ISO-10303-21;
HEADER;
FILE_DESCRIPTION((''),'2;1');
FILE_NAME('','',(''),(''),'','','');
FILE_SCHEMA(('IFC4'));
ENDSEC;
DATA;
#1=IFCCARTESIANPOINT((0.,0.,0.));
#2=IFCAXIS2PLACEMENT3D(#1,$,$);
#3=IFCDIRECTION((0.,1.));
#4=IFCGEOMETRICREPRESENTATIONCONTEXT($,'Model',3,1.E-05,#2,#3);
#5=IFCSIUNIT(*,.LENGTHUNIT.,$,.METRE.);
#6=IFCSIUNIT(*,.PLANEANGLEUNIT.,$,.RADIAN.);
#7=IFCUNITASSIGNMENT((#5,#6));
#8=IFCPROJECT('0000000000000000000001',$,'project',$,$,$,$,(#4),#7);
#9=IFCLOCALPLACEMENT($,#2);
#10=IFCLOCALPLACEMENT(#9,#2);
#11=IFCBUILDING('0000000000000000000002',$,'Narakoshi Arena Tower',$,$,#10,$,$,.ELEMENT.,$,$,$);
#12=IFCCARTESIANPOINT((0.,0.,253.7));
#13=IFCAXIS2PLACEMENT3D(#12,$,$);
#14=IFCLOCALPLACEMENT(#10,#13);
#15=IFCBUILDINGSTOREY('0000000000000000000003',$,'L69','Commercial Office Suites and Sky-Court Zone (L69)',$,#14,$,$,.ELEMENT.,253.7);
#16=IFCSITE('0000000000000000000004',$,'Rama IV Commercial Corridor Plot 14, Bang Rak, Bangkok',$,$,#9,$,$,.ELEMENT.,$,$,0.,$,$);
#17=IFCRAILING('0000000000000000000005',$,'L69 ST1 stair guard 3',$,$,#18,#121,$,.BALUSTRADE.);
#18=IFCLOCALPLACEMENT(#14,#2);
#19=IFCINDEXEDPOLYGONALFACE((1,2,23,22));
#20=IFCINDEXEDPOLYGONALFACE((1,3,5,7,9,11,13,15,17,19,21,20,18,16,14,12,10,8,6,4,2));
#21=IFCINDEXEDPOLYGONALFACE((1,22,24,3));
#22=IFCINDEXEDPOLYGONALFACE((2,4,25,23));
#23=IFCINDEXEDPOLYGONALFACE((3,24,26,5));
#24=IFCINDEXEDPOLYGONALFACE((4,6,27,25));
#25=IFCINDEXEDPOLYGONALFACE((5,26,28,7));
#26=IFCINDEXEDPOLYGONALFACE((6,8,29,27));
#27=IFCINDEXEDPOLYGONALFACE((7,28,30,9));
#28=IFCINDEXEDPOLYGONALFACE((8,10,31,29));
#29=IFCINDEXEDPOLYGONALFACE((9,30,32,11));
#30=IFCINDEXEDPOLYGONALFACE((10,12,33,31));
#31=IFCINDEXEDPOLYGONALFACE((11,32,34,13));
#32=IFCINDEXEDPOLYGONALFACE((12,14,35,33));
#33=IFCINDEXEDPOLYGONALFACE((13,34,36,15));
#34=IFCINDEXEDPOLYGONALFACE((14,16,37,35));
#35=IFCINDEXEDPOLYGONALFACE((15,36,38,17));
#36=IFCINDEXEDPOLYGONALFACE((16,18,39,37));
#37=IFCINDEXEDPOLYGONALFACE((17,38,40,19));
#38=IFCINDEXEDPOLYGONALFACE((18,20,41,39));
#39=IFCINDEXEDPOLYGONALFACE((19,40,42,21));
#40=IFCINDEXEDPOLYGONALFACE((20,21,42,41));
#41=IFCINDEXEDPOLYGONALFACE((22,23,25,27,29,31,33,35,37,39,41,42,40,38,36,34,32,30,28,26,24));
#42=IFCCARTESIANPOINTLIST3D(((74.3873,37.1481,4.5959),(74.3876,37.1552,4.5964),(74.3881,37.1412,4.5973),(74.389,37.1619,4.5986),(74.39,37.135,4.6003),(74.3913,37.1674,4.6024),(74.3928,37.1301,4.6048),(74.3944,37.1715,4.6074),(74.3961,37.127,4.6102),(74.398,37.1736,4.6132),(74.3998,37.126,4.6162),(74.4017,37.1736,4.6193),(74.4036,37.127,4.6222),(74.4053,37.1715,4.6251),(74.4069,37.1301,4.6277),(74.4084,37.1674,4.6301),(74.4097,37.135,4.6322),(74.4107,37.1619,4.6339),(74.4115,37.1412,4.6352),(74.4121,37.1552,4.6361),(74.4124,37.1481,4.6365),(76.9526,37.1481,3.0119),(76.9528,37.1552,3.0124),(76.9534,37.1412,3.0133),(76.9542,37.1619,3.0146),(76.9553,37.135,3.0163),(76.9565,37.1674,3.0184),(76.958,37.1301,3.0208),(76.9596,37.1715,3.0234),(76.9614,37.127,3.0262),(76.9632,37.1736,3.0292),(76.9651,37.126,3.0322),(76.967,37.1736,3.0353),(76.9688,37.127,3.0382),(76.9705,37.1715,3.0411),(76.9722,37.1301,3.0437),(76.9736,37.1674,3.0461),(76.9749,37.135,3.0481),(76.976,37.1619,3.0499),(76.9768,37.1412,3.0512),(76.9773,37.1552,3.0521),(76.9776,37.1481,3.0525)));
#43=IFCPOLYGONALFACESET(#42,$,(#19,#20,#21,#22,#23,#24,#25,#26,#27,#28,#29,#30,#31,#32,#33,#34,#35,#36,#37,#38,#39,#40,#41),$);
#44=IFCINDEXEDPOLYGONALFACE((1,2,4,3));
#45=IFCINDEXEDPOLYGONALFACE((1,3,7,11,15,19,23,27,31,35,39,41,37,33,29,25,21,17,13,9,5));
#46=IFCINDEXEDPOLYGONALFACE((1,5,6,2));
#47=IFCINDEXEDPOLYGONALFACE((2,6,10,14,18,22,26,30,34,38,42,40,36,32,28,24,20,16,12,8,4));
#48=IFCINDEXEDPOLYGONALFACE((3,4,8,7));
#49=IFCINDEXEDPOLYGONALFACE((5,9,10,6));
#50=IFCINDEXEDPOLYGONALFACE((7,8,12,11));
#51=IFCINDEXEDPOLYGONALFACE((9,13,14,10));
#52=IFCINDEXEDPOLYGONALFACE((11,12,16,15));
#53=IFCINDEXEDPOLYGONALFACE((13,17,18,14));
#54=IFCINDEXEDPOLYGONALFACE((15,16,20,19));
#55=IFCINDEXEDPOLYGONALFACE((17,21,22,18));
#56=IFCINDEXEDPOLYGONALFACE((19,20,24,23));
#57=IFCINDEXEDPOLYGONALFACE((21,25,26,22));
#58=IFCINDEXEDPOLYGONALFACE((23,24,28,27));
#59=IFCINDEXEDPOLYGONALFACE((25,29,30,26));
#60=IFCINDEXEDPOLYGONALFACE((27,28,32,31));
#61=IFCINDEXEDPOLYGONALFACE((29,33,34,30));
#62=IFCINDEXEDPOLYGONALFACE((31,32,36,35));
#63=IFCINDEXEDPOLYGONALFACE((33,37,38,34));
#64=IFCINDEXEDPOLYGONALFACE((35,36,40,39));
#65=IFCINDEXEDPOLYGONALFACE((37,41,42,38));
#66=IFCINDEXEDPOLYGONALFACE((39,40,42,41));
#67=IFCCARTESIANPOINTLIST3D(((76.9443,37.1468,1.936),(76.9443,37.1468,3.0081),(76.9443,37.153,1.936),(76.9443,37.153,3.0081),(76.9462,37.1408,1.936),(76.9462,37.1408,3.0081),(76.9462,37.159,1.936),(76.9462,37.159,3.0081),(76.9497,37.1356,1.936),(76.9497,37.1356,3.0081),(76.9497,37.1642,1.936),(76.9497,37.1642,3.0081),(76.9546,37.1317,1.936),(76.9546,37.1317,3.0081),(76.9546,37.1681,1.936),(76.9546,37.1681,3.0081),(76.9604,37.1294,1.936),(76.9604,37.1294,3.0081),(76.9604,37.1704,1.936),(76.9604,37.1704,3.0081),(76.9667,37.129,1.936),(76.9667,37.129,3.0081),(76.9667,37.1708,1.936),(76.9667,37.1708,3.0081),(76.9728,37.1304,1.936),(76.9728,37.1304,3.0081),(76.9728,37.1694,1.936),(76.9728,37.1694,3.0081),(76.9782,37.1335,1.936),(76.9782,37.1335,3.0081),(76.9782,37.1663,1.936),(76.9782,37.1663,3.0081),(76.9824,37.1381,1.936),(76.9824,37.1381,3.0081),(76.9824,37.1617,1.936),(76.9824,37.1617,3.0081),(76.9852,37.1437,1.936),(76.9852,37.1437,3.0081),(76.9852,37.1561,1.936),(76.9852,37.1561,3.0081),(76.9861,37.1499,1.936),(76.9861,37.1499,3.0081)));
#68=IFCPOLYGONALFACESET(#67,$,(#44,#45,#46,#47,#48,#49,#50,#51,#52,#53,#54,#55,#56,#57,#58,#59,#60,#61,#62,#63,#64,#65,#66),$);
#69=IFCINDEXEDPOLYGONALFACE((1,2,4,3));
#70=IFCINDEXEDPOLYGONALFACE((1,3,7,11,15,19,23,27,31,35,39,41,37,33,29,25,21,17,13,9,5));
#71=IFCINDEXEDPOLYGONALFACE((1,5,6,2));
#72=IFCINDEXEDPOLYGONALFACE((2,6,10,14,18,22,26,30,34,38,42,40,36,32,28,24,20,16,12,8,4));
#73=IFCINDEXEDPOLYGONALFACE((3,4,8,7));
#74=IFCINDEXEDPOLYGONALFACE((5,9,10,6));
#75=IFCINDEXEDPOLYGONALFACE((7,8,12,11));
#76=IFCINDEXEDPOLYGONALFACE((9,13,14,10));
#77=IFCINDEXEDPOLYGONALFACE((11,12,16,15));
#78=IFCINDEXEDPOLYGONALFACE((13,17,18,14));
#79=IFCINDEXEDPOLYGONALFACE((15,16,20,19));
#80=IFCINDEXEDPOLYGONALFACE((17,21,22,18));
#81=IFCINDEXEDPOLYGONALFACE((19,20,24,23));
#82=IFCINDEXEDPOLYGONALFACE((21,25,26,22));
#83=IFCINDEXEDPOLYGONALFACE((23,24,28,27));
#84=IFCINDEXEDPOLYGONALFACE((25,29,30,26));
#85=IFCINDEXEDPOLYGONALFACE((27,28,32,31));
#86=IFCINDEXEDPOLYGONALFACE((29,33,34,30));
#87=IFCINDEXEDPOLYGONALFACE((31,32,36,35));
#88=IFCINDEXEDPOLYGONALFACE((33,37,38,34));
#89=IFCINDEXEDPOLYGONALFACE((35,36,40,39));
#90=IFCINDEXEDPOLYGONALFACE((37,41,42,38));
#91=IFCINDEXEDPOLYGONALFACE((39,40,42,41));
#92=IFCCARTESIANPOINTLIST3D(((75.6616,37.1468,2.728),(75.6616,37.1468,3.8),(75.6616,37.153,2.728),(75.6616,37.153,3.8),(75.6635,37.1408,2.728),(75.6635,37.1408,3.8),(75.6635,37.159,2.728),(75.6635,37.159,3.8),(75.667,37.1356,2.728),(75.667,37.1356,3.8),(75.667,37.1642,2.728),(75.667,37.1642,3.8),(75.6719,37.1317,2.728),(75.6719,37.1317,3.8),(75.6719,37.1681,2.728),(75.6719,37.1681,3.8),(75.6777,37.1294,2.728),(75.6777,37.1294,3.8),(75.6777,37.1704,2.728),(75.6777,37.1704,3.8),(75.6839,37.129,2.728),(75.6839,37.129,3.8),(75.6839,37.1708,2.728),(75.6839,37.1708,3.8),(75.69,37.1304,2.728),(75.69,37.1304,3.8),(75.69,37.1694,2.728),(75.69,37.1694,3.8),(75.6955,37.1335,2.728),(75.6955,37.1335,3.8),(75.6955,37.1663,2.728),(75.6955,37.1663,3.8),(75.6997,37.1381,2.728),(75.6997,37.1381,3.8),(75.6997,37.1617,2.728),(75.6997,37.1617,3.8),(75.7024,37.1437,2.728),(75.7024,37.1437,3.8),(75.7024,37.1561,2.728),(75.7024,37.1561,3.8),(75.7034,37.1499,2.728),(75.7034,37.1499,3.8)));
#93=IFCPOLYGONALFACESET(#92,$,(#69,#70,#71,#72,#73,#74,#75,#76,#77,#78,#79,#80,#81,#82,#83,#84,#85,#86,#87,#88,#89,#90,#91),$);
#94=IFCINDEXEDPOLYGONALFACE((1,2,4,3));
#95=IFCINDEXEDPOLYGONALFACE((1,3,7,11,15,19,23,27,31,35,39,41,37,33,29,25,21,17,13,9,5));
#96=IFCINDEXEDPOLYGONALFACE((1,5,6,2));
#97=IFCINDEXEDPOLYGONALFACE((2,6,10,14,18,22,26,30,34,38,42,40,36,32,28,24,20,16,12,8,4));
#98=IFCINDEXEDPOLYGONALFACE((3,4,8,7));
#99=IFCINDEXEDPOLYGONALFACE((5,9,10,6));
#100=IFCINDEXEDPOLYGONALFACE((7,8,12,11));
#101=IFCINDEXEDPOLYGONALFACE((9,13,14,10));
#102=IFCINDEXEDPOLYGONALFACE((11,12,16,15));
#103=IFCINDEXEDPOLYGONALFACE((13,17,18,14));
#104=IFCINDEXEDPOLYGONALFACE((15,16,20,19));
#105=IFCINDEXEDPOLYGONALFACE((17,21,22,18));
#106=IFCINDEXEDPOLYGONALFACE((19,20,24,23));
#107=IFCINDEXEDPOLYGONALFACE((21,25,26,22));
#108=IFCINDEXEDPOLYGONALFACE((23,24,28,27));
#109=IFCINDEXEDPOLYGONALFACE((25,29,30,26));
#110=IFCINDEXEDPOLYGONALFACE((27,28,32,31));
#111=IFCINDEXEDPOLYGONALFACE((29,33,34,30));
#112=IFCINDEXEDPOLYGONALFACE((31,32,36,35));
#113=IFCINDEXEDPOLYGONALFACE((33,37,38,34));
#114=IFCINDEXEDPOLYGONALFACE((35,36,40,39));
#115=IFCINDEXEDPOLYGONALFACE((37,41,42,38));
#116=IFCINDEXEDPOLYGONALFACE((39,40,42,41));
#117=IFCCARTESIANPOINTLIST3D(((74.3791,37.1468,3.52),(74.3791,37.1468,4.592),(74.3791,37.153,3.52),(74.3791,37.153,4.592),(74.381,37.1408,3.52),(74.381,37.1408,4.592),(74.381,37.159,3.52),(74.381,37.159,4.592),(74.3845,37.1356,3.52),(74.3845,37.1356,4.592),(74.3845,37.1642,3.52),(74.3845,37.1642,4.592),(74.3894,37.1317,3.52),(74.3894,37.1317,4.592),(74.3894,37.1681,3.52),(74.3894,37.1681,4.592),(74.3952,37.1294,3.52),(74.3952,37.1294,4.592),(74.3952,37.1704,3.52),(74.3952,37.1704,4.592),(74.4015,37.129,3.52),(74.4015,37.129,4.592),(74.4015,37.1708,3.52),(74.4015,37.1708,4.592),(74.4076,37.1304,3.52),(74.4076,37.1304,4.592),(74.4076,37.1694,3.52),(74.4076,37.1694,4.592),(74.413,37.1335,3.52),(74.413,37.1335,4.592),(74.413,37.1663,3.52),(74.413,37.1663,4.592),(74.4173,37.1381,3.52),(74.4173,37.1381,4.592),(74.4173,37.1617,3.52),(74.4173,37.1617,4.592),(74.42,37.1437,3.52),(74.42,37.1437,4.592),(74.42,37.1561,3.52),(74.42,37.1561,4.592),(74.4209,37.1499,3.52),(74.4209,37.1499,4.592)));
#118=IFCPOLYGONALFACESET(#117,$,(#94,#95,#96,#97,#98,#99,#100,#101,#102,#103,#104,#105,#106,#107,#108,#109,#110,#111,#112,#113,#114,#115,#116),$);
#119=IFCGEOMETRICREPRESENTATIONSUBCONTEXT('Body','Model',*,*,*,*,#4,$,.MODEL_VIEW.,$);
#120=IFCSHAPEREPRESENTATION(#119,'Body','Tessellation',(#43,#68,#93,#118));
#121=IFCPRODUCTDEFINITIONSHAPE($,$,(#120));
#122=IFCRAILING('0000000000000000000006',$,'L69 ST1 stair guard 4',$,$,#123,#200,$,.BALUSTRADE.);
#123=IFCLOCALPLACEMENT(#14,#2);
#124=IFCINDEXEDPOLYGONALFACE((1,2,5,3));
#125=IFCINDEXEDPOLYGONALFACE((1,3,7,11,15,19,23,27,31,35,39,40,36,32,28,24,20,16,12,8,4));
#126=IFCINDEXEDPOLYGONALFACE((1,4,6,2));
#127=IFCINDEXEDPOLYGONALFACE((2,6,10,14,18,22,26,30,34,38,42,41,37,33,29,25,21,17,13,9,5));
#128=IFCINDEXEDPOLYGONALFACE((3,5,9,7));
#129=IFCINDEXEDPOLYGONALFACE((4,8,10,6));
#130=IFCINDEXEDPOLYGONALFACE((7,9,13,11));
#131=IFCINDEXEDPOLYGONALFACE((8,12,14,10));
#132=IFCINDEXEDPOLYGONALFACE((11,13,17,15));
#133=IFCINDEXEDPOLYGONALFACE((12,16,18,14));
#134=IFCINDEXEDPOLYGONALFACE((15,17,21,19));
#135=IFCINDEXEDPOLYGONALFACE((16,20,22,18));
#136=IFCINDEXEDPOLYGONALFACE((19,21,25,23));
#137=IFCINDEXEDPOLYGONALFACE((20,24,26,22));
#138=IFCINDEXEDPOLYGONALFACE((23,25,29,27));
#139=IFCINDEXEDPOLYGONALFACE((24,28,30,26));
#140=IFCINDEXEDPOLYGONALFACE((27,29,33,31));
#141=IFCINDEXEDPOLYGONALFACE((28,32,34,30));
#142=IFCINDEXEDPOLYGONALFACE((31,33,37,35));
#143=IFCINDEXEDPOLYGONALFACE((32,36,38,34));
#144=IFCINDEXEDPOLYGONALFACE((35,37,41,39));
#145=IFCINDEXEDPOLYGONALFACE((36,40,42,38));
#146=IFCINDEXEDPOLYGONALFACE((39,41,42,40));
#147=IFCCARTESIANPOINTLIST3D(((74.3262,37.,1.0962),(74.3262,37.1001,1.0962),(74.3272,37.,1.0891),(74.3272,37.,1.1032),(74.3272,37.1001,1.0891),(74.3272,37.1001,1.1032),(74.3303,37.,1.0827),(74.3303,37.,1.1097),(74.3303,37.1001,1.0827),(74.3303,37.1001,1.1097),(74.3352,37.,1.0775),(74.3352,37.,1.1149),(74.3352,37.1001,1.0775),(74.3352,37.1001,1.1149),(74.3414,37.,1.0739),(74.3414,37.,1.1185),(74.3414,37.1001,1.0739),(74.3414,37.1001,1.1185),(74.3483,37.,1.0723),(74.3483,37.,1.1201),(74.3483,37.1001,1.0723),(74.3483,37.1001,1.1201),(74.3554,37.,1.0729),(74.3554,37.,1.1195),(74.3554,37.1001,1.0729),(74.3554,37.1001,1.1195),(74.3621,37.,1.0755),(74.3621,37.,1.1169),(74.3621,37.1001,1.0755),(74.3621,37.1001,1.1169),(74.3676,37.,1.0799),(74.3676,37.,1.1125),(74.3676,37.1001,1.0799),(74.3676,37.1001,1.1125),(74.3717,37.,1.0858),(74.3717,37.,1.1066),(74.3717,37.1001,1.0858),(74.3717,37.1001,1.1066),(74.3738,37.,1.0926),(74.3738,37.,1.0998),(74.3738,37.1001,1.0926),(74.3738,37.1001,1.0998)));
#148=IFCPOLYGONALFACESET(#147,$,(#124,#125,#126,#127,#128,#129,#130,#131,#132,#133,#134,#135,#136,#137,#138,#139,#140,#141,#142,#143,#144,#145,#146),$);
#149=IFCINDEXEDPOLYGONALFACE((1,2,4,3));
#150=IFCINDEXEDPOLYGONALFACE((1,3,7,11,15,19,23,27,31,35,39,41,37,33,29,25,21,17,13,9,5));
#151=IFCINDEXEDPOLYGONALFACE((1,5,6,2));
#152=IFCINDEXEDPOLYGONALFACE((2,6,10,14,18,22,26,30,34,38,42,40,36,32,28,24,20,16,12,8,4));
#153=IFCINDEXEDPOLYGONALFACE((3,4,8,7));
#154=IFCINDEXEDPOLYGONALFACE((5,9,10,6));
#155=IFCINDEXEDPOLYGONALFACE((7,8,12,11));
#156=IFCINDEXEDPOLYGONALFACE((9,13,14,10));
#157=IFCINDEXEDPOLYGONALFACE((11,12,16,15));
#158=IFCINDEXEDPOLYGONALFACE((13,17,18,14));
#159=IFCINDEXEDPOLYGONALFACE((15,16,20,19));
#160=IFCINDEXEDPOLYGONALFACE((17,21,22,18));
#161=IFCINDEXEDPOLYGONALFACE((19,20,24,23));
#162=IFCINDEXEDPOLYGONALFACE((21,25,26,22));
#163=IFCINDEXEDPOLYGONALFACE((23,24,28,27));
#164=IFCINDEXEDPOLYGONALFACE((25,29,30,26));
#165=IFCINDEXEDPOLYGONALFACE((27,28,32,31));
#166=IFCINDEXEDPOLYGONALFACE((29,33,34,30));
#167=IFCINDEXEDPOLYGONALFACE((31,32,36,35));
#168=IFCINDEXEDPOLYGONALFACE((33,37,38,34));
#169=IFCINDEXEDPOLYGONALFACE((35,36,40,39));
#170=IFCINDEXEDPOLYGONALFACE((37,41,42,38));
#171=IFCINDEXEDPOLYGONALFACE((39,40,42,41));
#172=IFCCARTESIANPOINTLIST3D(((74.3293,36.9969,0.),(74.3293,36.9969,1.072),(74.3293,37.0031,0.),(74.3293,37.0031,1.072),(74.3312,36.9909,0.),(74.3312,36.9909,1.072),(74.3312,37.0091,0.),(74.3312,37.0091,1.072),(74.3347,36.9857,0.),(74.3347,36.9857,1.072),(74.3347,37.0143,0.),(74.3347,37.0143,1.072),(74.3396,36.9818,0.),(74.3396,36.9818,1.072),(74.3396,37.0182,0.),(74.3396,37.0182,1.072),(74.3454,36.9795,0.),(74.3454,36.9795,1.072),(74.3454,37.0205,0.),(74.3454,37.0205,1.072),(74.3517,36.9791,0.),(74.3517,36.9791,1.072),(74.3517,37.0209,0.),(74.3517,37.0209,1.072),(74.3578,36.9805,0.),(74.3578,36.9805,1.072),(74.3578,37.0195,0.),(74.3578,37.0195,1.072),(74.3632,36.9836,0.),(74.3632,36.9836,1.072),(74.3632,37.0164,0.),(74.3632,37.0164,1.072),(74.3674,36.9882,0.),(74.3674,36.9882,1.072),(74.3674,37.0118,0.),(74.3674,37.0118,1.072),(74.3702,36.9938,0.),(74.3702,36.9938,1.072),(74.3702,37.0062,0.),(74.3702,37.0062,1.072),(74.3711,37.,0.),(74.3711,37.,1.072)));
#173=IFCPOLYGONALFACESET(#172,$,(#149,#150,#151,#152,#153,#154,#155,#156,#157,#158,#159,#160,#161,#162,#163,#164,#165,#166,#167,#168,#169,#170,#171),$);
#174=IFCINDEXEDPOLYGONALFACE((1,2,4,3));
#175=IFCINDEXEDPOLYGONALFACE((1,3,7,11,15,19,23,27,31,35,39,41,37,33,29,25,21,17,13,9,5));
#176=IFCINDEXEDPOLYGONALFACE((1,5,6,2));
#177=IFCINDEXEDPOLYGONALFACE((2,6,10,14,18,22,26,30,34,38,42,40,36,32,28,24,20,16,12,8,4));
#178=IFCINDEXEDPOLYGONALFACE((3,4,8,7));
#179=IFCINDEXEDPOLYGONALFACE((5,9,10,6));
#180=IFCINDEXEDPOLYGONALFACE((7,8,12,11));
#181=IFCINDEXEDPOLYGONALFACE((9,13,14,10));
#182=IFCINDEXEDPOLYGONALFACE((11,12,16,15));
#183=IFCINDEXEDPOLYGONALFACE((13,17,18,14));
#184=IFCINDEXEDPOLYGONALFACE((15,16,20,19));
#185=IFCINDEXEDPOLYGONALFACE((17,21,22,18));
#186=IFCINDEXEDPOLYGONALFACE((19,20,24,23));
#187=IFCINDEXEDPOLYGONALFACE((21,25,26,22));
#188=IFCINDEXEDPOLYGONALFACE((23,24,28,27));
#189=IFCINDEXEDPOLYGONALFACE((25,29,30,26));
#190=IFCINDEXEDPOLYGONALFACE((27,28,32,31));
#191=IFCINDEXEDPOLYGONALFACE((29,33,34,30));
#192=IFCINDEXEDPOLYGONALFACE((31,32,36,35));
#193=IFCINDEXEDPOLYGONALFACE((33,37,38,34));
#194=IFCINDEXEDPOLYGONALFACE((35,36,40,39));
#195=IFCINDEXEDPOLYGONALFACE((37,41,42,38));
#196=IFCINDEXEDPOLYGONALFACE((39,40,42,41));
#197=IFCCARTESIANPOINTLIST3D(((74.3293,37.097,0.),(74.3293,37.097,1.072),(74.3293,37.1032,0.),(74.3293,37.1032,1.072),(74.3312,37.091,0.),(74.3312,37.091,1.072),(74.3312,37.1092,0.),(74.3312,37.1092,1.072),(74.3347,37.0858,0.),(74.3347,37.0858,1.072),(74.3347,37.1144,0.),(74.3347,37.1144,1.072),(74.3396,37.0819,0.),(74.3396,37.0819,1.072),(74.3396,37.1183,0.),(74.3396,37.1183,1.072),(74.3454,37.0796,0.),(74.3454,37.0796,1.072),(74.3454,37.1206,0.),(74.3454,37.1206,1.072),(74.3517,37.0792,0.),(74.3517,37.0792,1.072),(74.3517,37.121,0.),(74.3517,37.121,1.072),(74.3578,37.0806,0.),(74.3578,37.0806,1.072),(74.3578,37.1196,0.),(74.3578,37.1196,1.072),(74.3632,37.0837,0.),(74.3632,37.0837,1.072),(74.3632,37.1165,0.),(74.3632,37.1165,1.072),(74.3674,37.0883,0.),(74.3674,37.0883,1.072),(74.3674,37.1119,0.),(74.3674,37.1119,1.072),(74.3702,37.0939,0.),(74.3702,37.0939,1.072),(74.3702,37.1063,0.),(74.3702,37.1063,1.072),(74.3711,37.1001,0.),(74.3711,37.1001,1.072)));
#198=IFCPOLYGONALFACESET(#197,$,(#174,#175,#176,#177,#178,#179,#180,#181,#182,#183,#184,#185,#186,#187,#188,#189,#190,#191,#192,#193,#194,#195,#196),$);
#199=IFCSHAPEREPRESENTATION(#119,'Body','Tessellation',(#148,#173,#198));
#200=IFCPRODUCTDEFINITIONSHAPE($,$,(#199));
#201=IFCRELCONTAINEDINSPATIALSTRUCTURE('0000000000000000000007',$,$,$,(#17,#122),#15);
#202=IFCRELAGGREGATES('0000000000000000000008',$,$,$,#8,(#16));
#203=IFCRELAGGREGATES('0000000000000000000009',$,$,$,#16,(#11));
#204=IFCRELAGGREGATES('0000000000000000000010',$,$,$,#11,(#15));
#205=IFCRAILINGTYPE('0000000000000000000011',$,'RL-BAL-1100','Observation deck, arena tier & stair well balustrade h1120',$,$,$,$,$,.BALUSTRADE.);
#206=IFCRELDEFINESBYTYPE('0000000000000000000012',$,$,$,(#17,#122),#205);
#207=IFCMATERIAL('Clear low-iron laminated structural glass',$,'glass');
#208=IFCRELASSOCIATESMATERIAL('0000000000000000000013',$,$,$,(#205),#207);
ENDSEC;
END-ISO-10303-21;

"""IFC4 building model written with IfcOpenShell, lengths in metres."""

from ifc_helpers import new_model, si_unit, direction, frame, origin, origin_2d, place, context, subcontext, project, spatial, circle, extrude, material, type_object, element, save


model = new_model("IFC4")

# Units and contexts
model_context = context("Model", 3, precision=1e-05, world=origin(), true_north=direction((0.0, 1.0)))
body_context = subcontext(model_context, "Body", "Model", "MODEL_VIEW")
ifc_project = project(units=[si_unit("LENGTHUNIT", "METRE"), si_unit("PLANEANGLEUNIT", "RADIAN")], contexts=[model_context])

# Site, building, storey
site_placement = place(None, origin())
site = spatial("IfcSite", under=ifc_project, at=site_placement, Name="Rama IV Commercial Corridor Plot 14, Bang Rak, Bangkok", CompositionType="ELEMENT", RefElevation=0.0)
building_placement = place(site_placement, origin())
building = spatial("IfcBuilding", under=site, at=building_placement, Name="Narakoshi Arena Tower", CompositionType="ELEMENT")
storey_placement = place(building_placement, frame((0.0, 0.0, 253.7)))
storey = spatial("IfcBuildingStorey", under=building, at=storey_placement, Name="L69", Description="Commercial Office Suites and Sky-Court Zone (L69)", CompositionType="ELEMENT", Elevation=253.7)

# Railings
ifc_material_1 = material(Name="Clear low-iron laminated structural glass", Category="glass")
railing_type_1 = type_object("IfcRailingType", Name="RL-BAL-1100", Description="Observation deck, arena tier & stair well balustrade h1120", PredefinedType="BALUSTRADE", material=ifc_material_1)
railing_1_placement = place(storey_placement, frame((76.9651, 37.1499, 1.936)))
element("IfcRailing", 1, at=railing_1_placement, inside=storey, type_object=railing_type_1, Name="L69 ST1 stair guard 3", PredefinedType="BALUSTRADE", context=body_context, shape_type="SweptSolid", body=[
    extrude(circle(Radius=0.0239, at=origin_2d()), frame((0.0, 0.0, 1.0962), z_axis=(-0.850857, 0.0, 0.525398), x_axis=(0.0, -1.0, 0.0)), (0.0, 0.0, 1.0), 3.0149),
    extrude(circle(Radius=0.021, at=origin_2d()), origin(), (0.0, 0.0, 1.0), 1.072),
    extrude(circle(Radius=0.021, at=origin_2d()), frame((-1.2827, 0.0, 0.792)), (0.0, 0.0, 1.0), 1.072),
    extrude(circle(Radius=0.021, at=origin_2d()), frame((-2.5652, 0.0, 1.584)), (0.0, 0.0, 1.0), 1.072),
])
railing_2_placement = place(storey_placement, frame((74.3501, 37.0, 0.0)))
element("IfcRailing", 2, at=railing_2_placement, inside=storey, type_object=railing_type_1, Name="L69 ST1 stair guard 4", PredefinedType="BALUSTRADE", context=body_context, shape_type="SweptSolid", body=[
    extrude(circle(Radius=0.0239, at=origin_2d()), frame((0.0, 0.0, 1.0962), z_axis=(0.0, 1.0, 0.0), x_axis=(-1.0, 0.0, 0.0)), (0.0, 0.0, 1.0), 0.1001),
    extrude(circle(Radius=0.021, at=origin_2d()), origin(), (0.0, 0.0, 1.0), 1.072),
    extrude(circle(Radius=0.021, at=origin_2d()), frame((0.0, 0.1001, 0.0)), (0.0, 0.0, 1.0), 1.072),
])

save(model, "model.ifc")
